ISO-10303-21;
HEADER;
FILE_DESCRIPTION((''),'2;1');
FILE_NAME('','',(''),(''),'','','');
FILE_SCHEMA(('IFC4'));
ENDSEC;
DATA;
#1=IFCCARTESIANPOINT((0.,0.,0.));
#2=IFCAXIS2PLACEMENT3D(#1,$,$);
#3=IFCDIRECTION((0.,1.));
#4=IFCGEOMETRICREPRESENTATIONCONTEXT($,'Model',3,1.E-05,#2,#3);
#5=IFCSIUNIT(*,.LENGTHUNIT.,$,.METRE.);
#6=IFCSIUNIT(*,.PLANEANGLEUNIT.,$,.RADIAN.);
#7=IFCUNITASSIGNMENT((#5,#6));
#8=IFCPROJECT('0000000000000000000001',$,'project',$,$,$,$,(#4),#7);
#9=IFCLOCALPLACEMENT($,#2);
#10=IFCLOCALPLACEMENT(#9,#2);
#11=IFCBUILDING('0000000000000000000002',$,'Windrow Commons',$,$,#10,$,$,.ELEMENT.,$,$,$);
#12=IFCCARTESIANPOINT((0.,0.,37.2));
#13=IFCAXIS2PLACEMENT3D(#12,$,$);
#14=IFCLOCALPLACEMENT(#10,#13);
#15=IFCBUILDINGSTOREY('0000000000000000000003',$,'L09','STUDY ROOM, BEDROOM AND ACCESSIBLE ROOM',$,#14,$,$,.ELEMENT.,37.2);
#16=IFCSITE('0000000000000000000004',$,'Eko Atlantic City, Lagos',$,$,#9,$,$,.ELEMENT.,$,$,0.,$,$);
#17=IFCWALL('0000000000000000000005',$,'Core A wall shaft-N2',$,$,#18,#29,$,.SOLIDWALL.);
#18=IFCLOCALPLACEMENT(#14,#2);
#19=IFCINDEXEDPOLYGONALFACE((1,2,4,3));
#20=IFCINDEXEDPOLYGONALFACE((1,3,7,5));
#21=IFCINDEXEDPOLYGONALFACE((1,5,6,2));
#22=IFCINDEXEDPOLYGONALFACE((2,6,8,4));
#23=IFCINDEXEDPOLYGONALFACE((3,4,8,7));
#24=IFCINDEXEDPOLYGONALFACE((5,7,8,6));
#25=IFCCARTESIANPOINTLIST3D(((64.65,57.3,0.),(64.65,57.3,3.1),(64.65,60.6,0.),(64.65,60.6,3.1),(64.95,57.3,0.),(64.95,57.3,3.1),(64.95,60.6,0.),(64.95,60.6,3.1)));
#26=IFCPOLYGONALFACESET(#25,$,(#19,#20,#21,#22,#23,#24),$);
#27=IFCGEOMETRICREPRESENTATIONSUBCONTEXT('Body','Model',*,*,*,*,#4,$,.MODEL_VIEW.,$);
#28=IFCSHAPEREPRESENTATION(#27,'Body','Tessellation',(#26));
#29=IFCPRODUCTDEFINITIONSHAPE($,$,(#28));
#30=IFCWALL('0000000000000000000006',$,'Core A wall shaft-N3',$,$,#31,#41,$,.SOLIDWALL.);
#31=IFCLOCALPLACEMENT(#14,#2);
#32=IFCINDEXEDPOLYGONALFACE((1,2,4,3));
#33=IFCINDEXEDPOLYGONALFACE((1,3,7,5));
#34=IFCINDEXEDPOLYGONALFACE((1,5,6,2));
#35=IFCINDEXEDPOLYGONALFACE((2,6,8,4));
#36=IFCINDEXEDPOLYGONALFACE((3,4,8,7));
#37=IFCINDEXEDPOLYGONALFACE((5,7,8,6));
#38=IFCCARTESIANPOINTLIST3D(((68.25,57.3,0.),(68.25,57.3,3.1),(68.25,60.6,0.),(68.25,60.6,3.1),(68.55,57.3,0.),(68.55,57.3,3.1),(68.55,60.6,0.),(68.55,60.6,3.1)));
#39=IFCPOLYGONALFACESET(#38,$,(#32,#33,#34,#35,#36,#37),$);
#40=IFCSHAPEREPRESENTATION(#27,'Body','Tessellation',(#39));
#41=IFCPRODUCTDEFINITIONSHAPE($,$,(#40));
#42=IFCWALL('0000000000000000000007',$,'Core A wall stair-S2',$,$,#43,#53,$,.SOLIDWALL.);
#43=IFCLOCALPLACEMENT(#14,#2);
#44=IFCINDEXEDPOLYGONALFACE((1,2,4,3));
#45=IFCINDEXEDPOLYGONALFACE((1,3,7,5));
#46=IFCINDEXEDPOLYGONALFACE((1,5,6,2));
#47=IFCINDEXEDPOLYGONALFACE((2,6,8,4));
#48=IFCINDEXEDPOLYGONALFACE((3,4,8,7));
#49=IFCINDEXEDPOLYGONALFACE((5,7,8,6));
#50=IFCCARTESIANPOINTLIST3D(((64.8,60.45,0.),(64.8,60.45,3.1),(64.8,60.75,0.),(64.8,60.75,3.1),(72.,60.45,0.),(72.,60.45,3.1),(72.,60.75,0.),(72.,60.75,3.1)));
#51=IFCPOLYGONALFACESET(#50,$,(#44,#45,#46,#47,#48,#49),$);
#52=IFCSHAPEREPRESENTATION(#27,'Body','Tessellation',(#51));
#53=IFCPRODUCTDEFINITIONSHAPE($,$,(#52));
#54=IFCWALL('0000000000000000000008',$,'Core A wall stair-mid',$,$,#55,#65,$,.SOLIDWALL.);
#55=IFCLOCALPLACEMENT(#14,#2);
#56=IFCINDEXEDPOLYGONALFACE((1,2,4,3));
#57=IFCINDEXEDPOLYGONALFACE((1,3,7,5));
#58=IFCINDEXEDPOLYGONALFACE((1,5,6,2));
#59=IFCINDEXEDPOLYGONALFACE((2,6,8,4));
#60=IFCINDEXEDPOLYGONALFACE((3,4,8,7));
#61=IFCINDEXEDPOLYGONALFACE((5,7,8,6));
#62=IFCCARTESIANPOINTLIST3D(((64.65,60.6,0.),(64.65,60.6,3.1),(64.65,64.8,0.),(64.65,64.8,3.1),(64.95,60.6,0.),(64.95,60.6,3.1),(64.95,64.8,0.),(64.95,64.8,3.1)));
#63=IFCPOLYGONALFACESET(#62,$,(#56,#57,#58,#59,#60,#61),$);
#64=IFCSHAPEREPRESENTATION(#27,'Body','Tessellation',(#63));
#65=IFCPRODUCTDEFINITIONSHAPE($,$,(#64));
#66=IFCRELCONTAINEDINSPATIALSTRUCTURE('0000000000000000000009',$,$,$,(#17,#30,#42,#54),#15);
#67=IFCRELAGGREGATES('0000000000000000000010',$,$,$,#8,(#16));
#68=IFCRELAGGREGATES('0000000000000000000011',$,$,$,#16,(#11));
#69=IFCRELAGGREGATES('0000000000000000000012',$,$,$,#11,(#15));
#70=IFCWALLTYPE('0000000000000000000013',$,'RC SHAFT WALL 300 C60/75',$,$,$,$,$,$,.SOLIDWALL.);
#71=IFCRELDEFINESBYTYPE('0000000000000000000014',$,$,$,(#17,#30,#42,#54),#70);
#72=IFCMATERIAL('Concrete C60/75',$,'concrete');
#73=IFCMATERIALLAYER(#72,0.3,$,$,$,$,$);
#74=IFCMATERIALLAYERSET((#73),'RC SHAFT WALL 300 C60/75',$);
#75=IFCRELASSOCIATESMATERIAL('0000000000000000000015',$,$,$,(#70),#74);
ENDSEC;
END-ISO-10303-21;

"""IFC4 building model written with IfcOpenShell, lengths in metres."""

from ifc_helpers import new_model, si_unit, direction, frame, frame_2d, origin, place, context, subcontext, project, spatial, rectangle, extrude, material, layer, layer_set, type_object, element, save


model = new_model("IFC4")

# Units and contexts
model_context = context("Model", 3, precision=1e-05, world=origin(), true_north=direction((0.0, 1.0)))
body_context = subcontext(model_context, "Body", "Model", "MODEL_VIEW")
ifc_project = project(units=[si_unit("LENGTHUNIT", "METRE"), si_unit("PLANEANGLEUNIT", "RADIAN")], contexts=[model_context])

# Site, building, storey
site_placement = place(None, origin())
site = spatial("IfcSite", under=ifc_project, at=site_placement, Name="Eko Atlantic City, Lagos", CompositionType="ELEMENT", RefElevation=0.0)
building_placement = place(site_placement, origin())
building = spatial("IfcBuilding", under=site, at=building_placement, Name="Windrow Commons", CompositionType="ELEMENT")
storey_placement = place(building_placement, frame((0.0, 0.0, 37.2)))
storey = spatial("IfcBuildingStorey", under=building, at=storey_placement, Name="L09", Description="STUDY ROOM, BEDROOM AND ACCESSIBLE ROOM", CompositionType="ELEMENT", Elevation=37.2)

# Walls
ifc_material_1 = material(Name="Concrete C60/75", Category="concrete")
ifc_layer_1 = layer(ifc_material_1, 0.3)
ifc_layer_set_1 = layer_set([ifc_layer_1], Name="RC SHAFT WALL 300 C60/75")
wall_type_1 = type_object("IfcWallType", Name="RC SHAFT WALL 300 C60/75", PredefinedType="SOLIDWALL", material=ifc_layer_set_1)
for number, where, z_axis, x_axis, name in (
    (1, (64.8, 57.3, 0.0), (0.0, 0.0, 1.0), (0.0, 1.0, 0.0), "Core A wall shaft-N2"),
    (2, (68.4, 57.3, 0.0), (0.0, 0.0, 1.0), (0.0, 1.0, 0.0), "Core A wall shaft-N3"),
):
    element("IfcWall", number, at=place(storey_placement, frame(where, z_axis=z_axis, x_axis=x_axis)), inside=storey, type_object=wall_type_1, Name=name, PredefinedType="SOLIDWALL", context=body_context, shape_type="SweptSolid", body=[
        extrude(rectangle(XDim=3.3, YDim=0.3, at=frame_2d((1.65, 0.0))), origin(), (0.0, 0.0, 1.0), 3.1),
    ])
wall_1_placement = place(storey_placement, frame((64.8, 60.6, 0.0), z_axis=(0.0, 0.0, 1.0), x_axis=(1.0, 0.0, 0.0)))
element("IfcWall", 3, at=wall_1_placement, inside=storey, type_object=wall_type_1, Name="Core A wall stair-S2", PredefinedType="SOLIDWALL", context=body_context, shape_type="SweptSolid", body=[
    extrude(rectangle(XDim=7.2, YDim=0.3, at=frame_2d((3.6, 0.0))), origin(), (0.0, 0.0, 1.0), 3.1),
])
wall_2_placement = place(storey_placement, frame((64.8, 60.6, 0.0), z_axis=(0.0, 0.0, 1.0), x_axis=(0.0, 1.0, 0.0)))
element("IfcWall", 4, at=wall_2_placement, inside=storey, type_object=wall_type_1, Name="Core A wall stair-mid", PredefinedType="SOLIDWALL", context=body_context, shape_type="SweptSolid", body=[
    extrude(rectangle(XDim=4.2, YDim=0.3, at=frame_2d((2.1, 0.0))), origin(), (0.0, 0.0, 1.0), 3.1),
])

save(model, "model.ifc")
